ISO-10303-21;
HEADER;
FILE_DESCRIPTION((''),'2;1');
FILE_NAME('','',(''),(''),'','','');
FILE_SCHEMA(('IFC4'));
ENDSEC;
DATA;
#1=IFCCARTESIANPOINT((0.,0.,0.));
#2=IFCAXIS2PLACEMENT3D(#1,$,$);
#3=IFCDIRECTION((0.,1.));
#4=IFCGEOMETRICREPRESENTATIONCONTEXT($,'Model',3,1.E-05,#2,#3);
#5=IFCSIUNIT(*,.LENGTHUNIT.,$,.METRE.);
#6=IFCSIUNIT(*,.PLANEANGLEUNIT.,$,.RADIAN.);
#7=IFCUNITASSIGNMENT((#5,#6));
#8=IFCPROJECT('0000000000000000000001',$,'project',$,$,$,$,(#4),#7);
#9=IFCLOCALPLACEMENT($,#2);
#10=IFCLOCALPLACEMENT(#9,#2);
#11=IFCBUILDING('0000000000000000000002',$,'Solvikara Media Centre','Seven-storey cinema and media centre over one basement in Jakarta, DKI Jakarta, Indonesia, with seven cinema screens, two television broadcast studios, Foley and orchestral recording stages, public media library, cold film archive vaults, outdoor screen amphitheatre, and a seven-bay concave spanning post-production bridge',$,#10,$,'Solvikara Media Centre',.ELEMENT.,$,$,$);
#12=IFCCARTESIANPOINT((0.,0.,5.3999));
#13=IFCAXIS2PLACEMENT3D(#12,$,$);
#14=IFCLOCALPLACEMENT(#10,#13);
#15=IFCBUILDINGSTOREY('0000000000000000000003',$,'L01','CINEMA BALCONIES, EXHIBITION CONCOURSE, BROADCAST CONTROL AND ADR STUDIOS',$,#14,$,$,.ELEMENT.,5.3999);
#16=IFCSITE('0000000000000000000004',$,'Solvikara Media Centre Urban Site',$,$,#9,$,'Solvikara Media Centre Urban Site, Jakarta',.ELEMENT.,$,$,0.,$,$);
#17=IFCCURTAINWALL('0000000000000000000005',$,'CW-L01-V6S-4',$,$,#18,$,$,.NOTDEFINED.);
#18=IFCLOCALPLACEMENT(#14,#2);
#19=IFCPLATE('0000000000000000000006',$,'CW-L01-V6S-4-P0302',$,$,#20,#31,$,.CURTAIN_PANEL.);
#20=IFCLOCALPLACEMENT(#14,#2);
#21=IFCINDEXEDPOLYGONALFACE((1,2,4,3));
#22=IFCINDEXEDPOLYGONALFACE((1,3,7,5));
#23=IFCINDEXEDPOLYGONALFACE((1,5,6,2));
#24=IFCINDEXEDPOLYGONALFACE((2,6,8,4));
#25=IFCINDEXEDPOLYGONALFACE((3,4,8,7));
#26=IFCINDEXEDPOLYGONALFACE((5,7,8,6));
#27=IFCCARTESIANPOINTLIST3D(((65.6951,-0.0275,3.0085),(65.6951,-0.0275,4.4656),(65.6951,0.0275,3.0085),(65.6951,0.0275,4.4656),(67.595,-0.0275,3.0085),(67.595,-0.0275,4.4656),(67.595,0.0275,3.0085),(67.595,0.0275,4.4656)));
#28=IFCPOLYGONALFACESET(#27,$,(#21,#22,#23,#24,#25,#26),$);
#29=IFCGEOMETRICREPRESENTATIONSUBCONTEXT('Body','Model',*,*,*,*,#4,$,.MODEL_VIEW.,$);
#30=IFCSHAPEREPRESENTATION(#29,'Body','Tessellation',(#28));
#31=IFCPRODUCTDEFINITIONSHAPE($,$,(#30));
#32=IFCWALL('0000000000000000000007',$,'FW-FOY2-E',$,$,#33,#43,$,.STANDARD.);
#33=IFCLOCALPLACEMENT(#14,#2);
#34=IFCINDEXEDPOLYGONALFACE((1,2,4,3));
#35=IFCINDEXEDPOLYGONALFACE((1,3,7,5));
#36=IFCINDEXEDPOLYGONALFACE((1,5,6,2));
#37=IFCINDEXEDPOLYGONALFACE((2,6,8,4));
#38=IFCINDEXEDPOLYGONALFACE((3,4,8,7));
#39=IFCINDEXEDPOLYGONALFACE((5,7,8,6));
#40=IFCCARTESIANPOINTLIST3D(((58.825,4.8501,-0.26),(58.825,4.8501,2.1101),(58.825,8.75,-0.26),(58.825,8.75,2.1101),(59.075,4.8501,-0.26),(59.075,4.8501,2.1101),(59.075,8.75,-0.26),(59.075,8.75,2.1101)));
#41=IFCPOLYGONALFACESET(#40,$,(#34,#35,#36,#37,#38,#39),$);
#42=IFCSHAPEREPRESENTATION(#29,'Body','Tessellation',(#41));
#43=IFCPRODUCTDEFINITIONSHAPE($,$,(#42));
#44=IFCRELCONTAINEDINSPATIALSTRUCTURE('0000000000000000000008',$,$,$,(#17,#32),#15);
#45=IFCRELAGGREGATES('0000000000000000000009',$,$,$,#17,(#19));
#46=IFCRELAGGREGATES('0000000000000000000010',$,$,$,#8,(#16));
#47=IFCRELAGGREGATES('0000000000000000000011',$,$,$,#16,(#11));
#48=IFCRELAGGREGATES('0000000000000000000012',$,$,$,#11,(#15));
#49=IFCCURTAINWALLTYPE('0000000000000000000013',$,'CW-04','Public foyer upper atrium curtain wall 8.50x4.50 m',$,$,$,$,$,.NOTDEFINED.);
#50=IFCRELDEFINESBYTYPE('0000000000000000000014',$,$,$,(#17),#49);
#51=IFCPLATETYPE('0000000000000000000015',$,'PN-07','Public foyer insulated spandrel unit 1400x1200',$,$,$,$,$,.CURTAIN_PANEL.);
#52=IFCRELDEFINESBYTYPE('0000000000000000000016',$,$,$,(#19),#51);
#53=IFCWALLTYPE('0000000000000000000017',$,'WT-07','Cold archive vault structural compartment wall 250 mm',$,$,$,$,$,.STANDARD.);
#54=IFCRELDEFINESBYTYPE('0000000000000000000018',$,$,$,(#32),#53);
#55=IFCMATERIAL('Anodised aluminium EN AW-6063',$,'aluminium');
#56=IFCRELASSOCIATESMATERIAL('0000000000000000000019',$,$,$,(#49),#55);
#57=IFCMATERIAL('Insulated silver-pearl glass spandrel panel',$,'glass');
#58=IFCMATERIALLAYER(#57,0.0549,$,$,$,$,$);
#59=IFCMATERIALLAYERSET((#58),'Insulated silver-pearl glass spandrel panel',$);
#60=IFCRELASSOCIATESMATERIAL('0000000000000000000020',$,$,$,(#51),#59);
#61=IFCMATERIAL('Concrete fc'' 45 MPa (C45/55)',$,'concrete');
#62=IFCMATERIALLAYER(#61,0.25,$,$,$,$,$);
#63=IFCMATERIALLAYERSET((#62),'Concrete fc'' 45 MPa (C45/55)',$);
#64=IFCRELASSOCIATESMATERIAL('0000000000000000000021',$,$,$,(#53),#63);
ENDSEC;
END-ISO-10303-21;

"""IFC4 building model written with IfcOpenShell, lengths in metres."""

from ifc_helpers import new_model, si_unit, direction, frame, frame_2d, origin, origin_2d, place, context, subcontext, project, spatial, rectangle, extrude, material, layer, layer_set, type_object, element, aggregate, save


model = new_model("IFC4")

# Units and contexts
model_context = context("Model", 3, precision=1e-05, world=origin(), true_north=direction((0.0, 1.0)))
body_context = subcontext(model_context, "Body", "Model", "MODEL_VIEW")
ifc_project = project(units=[si_unit("LENGTHUNIT", "METRE"), si_unit("PLANEANGLEUNIT", "RADIAN")], contexts=[model_context])

# Site, building, storey
site_placement = place(None, origin())
site = spatial("IfcSite", under=ifc_project, at=site_placement, Name="Solvikara Media Centre Urban Site", LongName="Solvikara Media Centre Urban Site, Jakarta", CompositionType="ELEMENT", RefElevation=0.0)
building_placement = place(site_placement, origin())
building = spatial("IfcBuilding", under=site, at=building_placement, Name="Solvikara Media Centre", Description="Seven-storey cinema and media centre over one basement in Jakarta, DKI Jakarta, Indonesia, with seven cinema screens, two television broadcast studios, Foley and orchestral recording stages, public media library, cold film archive vaults, outdoor screen amphitheatre, and a seven-bay concave spanning post-production bridge", LongName="Solvikara Media Centre", CompositionType="ELEMENT")
storey_placement = place(building_placement, frame((0.0, 0.0, 5.3999)))
storey = spatial("IfcBuildingStorey", under=building, at=storey_placement, Name="L01", Description="CINEMA BALCONIES, EXHIBITION CONCOURSE, BROADCAST CONTROL AND ADR STUDIOS", CompositionType="ELEMENT", Elevation=5.3999)

# Shared definitions
ifc_material_1 = material(Name="Concrete fc' 45 MPa (C45/55)", Category="concrete")

# Curtain wall, plate
ifc_material_2 = material(Name="Anodised aluminium EN AW-6063", Category="aluminium")
curtain_wall_type = type_object("IfcCurtainWallType", Name="CW-04", Description="Public foyer upper atrium curtain wall 8.50x4.50 m", PredefinedType="NOTDEFINED", material=ifc_material_2)
curtain_wall_placement = place(storey_placement, origin())
curtain_wall = element("IfcCurtainWall", 1, at=curtain_wall_placement, inside=storey, type_object=curtain_wall_type, Name="CW-L01-V6S-4", PredefinedType="NOTDEFINED")
ifc_material_3 = material(Name="Insulated silver-pearl glass spandrel panel", Category="glass")
ifc_layer_1 = layer(ifc_material_3, 0.0549)
ifc_layer_set_1 = layer_set([ifc_layer_1], Name="Insulated silver-pearl glass spandrel panel")
plate_type_1 = type_object("IfcPlateType", Name="PN-07", Description="Public foyer insulated spandrel unit 1400x1200", PredefinedType="CURTAIN_PANEL", material=ifc_layer_set_1)
plate_1_placement = place(storey_placement, frame((66.645, 0.0, 3.0085), z_axis=(0.0, 0.0, 1.0), x_axis=(1.0, 0.0, 0.0)))
plate_1 = element("IfcPlate", 2, at=plate_1_placement, type_object=plate_type_1, Name="CW-L01-V6S-4-P0302", PredefinedType="CURTAIN_PANEL", context=body_context, shape_type="SweptSolid", body=[
    extrude(rectangle(XDim=1.8999, YDim=0.0549, at=origin_2d()), origin(), (0.0, 0.0, 1.0), 1.457),
])
aggregate(curtain_wall, [plate_1])

# Wall
ifc_layer_2 = layer(ifc_material_1, 0.25)
ifc_layer_set_2 = layer_set([ifc_layer_2], Name="Concrete fc' 45 MPa (C45/55)")
wall_type = type_object("IfcWallType", Name="WT-07", Description="Cold archive vault structural compartment wall 250 mm", PredefinedType="STANDARD", material=ifc_layer_set_2)
wall_placement = place(storey_placement, frame((58.95, 4.8501, -0.26), z_axis=(0.0, 0.0, 1.0), x_axis=(0.0, 1.0, 0.0)))
element("IfcWall", 3, at=wall_placement, inside=storey, type_object=wall_type, Name="FW-FOY2-E", PredefinedType="STANDARD", context=body_context, shape_type="SweptSolid", body=[
    extrude(rectangle(XDim=3.8999, YDim=0.25, at=frame_2d((1.95, 0.0))), origin(), (0.0, 0.0, 1.0), 2.3701),
])

save(model, "model.ifc")
